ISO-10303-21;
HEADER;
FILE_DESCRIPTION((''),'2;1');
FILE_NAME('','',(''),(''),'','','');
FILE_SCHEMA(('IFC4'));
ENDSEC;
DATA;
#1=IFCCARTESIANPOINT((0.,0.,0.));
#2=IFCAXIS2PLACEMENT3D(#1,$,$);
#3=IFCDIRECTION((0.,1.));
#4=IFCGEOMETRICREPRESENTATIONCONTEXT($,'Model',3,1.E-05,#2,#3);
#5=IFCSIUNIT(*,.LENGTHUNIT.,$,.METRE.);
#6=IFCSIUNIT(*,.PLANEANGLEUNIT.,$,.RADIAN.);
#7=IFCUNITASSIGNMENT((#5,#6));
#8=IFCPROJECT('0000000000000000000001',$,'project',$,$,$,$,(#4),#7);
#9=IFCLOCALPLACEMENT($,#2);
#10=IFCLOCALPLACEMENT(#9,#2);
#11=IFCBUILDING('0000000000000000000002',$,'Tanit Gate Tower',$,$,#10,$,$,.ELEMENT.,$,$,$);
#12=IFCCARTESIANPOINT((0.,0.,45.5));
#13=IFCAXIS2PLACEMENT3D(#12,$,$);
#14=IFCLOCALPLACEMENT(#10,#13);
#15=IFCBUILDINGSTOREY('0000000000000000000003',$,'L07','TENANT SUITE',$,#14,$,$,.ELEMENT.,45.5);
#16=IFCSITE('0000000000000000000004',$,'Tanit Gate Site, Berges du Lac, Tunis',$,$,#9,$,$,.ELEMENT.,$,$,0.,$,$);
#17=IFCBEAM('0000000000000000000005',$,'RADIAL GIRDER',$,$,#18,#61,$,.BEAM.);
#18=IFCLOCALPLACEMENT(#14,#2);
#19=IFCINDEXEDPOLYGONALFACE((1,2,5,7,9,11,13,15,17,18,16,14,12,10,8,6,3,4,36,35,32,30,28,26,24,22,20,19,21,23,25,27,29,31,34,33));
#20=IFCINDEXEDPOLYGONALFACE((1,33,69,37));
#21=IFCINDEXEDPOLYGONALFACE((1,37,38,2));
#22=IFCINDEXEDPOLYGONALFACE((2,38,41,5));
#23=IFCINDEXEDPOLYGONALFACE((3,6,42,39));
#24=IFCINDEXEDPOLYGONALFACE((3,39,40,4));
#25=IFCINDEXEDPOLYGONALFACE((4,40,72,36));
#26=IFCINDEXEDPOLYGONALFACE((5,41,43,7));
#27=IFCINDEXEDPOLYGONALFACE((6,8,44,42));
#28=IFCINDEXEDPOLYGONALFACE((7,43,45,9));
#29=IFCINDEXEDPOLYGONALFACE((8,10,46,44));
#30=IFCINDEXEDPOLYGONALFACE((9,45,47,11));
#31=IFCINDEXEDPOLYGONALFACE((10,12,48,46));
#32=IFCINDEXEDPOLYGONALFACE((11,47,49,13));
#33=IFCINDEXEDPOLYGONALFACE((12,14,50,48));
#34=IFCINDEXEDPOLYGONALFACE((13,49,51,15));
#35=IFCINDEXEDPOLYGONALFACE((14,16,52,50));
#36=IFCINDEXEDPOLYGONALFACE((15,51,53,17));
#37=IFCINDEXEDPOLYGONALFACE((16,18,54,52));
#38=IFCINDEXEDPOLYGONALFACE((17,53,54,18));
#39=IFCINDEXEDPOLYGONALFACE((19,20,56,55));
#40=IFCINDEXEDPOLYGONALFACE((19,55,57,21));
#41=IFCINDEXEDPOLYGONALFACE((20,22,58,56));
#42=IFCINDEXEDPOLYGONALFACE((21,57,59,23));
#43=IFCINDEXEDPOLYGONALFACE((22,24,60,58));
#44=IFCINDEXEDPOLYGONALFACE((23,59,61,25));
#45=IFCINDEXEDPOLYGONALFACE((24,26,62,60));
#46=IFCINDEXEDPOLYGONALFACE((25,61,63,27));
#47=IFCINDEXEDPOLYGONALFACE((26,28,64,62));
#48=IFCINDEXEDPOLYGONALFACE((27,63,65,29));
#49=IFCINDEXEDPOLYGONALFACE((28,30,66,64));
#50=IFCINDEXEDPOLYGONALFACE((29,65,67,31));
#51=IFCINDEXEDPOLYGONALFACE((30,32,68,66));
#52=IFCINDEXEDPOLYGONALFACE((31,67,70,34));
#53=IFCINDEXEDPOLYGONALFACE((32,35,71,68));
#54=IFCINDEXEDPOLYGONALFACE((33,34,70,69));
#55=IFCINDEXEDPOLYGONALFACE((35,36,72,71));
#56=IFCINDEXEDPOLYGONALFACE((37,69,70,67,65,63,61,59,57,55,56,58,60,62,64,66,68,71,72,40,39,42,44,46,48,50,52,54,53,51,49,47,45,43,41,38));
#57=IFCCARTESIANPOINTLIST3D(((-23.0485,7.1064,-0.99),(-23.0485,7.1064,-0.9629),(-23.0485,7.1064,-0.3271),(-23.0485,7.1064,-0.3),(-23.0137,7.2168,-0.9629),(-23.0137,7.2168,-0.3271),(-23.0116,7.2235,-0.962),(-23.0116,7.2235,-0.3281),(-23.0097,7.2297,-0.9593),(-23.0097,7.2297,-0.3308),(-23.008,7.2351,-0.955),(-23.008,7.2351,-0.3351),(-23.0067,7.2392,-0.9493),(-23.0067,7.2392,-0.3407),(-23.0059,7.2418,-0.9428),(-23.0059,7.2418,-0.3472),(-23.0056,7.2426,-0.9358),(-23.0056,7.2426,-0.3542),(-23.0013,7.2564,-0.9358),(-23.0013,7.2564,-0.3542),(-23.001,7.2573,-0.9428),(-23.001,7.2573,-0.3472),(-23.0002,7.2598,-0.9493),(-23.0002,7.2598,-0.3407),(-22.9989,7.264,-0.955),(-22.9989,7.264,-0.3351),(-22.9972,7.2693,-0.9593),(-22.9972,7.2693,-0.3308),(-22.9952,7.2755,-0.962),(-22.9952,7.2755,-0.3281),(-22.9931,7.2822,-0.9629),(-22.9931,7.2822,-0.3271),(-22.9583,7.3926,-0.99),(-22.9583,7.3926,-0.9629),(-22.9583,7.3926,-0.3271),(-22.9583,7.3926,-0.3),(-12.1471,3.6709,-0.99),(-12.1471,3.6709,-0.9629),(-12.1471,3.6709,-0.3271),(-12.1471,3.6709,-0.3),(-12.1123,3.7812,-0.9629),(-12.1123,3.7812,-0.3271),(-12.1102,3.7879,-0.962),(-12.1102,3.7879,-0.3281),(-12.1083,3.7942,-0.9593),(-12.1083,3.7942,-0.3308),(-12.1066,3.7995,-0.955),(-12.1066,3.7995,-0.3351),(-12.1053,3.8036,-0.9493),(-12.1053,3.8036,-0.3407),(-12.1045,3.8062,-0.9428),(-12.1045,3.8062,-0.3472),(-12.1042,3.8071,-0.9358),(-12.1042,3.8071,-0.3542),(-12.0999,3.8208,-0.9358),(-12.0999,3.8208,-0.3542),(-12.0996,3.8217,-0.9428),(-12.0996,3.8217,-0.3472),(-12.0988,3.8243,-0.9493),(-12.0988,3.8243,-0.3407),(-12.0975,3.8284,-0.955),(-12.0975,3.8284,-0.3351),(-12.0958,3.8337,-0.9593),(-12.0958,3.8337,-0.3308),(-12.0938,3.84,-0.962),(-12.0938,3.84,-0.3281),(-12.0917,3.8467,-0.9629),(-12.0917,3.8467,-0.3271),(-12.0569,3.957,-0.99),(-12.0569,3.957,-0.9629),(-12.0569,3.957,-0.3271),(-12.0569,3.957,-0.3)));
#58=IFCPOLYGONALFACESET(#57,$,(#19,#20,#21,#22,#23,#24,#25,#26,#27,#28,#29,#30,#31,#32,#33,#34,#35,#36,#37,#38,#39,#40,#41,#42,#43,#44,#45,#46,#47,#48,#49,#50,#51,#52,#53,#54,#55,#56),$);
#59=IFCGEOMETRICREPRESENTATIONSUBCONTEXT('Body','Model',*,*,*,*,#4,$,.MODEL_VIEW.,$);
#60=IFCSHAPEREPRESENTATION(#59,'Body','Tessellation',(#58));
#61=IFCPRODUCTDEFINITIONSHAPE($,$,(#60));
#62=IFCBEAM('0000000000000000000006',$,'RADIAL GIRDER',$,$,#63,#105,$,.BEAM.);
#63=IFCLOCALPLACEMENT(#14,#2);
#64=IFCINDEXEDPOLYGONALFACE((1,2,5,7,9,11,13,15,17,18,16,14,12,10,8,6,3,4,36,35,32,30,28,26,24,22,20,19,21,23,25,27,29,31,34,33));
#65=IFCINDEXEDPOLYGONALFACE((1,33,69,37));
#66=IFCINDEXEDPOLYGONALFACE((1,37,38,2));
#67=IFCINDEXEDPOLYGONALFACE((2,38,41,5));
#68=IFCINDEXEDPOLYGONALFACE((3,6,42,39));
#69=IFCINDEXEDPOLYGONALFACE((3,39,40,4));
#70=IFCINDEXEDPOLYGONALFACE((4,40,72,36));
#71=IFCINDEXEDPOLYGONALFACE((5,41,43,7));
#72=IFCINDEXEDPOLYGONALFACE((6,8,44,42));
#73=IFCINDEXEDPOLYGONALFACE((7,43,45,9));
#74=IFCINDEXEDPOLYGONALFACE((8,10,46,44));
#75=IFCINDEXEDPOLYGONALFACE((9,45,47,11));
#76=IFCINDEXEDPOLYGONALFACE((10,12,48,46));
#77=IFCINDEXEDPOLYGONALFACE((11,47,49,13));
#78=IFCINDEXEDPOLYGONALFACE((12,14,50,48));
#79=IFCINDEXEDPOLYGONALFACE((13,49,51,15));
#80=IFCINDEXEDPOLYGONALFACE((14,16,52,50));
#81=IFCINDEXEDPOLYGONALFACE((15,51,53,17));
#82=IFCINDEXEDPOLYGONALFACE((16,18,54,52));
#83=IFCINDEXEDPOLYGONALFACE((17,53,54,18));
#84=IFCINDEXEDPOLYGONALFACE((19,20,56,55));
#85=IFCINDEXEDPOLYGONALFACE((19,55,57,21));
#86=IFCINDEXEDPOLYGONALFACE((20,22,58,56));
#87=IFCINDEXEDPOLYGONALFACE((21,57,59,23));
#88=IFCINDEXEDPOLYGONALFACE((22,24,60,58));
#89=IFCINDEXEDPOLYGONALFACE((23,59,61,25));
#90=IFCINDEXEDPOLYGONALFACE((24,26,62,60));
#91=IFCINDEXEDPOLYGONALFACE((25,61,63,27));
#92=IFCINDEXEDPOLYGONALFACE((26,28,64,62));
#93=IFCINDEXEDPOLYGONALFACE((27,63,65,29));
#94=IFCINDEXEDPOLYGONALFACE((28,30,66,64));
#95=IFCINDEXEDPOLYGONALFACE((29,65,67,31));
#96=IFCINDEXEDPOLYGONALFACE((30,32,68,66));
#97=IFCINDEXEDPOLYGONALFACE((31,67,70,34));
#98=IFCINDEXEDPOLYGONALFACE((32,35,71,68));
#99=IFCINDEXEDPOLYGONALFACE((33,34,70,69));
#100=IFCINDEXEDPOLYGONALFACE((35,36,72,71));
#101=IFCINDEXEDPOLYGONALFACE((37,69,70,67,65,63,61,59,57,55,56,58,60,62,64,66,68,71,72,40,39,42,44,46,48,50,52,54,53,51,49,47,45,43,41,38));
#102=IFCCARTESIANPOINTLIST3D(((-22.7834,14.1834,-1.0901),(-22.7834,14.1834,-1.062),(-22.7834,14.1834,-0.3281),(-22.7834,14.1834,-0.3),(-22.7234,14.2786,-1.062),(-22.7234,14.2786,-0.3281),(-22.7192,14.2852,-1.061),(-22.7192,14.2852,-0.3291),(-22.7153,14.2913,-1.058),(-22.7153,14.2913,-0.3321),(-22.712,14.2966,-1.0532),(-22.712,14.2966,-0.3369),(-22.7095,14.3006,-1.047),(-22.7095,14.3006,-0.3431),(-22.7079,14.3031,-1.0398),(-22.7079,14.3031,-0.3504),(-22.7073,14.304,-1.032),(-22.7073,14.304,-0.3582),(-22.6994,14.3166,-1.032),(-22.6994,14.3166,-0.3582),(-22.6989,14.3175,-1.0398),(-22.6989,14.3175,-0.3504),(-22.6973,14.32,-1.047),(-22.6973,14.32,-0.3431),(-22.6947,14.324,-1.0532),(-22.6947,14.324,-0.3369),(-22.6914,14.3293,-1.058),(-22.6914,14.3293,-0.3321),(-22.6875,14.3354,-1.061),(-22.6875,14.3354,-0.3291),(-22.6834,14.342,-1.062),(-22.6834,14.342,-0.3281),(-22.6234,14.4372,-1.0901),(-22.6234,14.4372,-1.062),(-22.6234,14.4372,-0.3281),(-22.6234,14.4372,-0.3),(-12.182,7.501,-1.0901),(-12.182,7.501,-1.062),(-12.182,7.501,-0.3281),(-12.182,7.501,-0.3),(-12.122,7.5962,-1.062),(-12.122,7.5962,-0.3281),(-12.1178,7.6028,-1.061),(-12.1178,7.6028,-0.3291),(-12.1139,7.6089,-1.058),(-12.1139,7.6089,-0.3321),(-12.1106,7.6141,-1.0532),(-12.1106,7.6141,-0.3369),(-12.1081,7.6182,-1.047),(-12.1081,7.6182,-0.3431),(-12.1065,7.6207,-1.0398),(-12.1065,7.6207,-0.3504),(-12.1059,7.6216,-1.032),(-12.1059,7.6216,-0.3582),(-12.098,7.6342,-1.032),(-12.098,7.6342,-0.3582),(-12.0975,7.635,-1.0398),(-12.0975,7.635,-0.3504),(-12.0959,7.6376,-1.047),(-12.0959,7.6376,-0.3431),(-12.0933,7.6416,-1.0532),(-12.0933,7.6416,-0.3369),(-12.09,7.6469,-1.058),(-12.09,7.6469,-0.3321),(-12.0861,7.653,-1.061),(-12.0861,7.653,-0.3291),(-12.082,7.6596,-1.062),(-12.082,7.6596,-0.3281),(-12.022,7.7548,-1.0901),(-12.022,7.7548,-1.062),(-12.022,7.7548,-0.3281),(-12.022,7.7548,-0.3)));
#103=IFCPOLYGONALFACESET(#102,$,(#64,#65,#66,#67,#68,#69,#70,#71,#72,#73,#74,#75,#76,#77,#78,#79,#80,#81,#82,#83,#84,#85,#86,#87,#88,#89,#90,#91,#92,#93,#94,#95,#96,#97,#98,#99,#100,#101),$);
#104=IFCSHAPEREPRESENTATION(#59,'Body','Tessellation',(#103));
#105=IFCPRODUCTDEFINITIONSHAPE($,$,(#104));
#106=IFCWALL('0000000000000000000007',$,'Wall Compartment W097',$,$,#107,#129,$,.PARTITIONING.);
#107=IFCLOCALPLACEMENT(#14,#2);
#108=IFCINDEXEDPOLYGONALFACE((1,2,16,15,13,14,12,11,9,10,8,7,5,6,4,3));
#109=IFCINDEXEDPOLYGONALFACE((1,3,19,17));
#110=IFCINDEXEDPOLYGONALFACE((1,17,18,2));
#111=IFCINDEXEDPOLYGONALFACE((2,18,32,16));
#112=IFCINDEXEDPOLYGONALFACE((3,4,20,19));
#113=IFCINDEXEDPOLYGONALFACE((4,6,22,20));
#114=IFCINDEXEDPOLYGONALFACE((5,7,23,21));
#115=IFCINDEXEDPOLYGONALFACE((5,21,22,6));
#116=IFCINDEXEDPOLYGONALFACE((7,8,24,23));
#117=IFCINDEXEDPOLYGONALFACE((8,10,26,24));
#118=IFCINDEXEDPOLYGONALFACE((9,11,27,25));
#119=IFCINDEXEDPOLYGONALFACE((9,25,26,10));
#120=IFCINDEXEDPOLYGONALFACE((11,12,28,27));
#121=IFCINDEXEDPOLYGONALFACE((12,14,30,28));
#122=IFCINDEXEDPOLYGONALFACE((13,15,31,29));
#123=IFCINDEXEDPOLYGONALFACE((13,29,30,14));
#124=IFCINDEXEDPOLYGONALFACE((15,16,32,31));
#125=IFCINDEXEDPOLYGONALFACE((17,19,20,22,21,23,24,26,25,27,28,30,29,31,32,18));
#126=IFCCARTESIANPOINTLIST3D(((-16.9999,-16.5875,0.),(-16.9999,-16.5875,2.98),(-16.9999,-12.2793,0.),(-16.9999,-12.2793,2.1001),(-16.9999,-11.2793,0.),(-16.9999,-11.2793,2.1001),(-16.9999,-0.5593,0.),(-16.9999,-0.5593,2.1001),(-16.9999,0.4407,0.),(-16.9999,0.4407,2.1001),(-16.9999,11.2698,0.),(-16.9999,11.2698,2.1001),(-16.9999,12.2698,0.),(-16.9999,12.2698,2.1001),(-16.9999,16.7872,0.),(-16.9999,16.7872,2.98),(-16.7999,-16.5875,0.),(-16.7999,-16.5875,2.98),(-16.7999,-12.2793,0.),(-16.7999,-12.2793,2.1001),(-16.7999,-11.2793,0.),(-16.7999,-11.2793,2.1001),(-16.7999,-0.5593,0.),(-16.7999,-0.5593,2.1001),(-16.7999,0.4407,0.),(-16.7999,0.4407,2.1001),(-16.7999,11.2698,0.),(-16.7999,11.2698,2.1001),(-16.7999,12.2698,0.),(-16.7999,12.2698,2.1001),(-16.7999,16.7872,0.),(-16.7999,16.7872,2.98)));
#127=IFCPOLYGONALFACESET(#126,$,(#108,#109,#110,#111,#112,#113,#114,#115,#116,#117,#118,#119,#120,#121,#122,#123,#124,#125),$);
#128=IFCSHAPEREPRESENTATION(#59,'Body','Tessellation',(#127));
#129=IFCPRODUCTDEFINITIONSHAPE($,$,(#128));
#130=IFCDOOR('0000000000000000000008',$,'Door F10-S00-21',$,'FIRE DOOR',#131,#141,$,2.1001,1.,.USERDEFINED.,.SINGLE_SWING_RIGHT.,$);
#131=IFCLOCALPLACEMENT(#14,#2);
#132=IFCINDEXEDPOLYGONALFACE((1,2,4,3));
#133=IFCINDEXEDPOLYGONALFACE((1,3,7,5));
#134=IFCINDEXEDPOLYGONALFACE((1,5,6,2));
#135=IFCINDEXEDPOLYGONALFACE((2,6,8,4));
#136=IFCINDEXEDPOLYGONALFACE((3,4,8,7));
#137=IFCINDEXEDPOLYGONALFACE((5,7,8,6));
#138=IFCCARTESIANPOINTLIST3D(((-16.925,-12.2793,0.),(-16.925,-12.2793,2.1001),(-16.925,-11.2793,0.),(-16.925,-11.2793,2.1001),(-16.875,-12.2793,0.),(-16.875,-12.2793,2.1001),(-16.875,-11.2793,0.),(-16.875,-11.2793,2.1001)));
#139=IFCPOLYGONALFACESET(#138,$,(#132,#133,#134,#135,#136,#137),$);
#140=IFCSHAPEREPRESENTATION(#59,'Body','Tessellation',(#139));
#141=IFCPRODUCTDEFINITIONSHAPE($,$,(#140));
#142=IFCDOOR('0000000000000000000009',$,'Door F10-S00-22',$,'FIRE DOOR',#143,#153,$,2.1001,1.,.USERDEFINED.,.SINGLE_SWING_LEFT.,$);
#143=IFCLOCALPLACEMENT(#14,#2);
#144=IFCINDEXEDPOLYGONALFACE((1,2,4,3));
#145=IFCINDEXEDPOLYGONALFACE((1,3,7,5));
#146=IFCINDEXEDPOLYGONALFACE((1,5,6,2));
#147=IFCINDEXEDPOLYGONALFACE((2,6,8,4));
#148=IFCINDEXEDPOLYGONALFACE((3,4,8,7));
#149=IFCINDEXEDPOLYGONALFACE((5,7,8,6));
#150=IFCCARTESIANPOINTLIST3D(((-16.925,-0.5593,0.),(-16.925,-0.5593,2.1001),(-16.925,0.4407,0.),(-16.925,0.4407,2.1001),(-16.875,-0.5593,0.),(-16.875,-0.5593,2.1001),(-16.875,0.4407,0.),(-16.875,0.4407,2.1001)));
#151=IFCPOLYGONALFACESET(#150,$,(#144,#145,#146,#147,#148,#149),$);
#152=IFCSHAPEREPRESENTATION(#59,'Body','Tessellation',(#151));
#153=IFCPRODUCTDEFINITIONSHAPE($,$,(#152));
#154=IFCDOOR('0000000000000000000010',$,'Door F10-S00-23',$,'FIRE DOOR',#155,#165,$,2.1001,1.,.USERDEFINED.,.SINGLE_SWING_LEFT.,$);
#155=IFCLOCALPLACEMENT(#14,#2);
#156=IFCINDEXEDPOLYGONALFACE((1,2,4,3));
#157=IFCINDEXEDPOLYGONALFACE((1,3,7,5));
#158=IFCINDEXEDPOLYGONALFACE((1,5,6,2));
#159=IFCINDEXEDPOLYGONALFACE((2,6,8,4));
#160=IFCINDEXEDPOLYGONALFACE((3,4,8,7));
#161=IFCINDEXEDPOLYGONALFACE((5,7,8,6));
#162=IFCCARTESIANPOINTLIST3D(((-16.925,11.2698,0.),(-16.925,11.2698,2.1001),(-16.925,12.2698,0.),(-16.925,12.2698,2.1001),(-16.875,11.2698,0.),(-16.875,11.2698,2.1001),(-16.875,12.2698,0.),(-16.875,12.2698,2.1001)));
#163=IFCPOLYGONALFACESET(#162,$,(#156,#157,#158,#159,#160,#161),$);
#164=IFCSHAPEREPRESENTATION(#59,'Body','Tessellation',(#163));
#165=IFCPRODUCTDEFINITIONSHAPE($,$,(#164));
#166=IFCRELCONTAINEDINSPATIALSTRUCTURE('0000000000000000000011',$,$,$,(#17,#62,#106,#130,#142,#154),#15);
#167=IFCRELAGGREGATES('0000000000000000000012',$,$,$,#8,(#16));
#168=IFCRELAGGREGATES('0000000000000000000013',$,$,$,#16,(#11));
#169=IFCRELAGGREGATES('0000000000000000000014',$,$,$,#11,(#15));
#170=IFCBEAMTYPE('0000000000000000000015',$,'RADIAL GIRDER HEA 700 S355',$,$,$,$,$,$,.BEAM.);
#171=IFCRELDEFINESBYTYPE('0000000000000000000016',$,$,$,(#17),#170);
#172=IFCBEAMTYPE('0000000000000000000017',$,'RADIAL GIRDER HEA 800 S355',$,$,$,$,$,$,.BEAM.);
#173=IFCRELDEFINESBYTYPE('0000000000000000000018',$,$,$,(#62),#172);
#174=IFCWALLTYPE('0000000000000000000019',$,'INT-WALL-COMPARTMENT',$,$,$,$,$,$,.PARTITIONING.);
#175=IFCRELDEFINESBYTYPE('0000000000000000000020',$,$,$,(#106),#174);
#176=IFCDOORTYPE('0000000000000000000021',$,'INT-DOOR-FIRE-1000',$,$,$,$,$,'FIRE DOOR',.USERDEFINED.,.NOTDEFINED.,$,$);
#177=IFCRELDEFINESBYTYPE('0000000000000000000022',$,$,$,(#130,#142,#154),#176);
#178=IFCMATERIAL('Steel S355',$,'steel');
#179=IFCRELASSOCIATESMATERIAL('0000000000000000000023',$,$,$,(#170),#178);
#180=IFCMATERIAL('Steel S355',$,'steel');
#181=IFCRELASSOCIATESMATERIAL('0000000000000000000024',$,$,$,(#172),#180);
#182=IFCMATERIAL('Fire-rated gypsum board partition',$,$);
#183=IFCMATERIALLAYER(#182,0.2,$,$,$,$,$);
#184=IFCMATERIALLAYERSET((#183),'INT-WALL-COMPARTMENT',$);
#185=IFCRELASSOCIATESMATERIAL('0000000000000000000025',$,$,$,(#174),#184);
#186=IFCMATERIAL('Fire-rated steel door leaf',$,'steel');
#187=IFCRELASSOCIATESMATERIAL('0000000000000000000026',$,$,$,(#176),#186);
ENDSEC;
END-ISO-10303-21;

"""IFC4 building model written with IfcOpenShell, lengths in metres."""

from ifc_helpers import new_model, si_unit, direction, frame, frame_2d, origin, origin_2d, place, context, subcontext, project, spatial, rectangle, i_section, extrude, material, layer, layer_set, material_profile, profile_set, type_object, element, fill, save


model = new_model("IFC4")

# Units and contexts
model_context = context("Model", 3, precision=1e-05, world=origin(), true_north=direction((0.0, 1.0)))
body_context = subcontext(model_context, "Body", "Model", "MODEL_VIEW")
ifc_project = project(units=[si_unit("LENGTHUNIT", "METRE"), si_unit("PLANEANGLEUNIT", "RADIAN")], contexts=[model_context])

# Site, building, storey
site_placement = place(None, origin())
site = spatial("IfcSite", under=ifc_project, at=site_placement, Name="Tanit Gate Site, Berges du Lac, Tunis", CompositionType="ELEMENT", RefElevation=0.0)
building_placement = place(site_placement, origin())
building = spatial("IfcBuilding", under=site, at=building_placement, Name="Tanit Gate Tower", CompositionType="ELEMENT")
storey_placement = place(building_placement, frame((0.0, 0.0, 45.5)))
storey = spatial("IfcBuildingStorey", under=building, at=storey_placement, Name="L07", Description="TENANT SUITE", CompositionType="ELEMENT", Elevation=45.5)

# Beams
ifc_material_1 = material(Name="Steel S355", Category="steel")
ifc_material_profile_1 = material_profile(ifc_material_1, i_section(OverallWidth=0.3, OverallDepth=0.6899, WebThickness=0.0144, FlangeThickness=0.0271, FilletRadius=0.0271, at=origin_2d()), Name="HEA 700")
ifc_profile_set_1 = profile_set([ifc_material_profile_1], Name="Steel S355")
beam_type_1 = type_object("IfcBeamType", Name="RADIAL GIRDER HEA 700 S355", PredefinedType="BEAM", material=ifc_profile_set_1)
beam_1_placement = place(storey_placement, frame((-23.0034, 7.2495, -0.645), z_axis=(0.953758, -0.300575, 0.0), x_axis=(0.300575, 0.953758, 0.0)))
element("IfcBeam", 1, at=beam_1_placement, inside=storey, type_object=beam_type_1, Name="RADIAL GIRDER", PredefinedType="BEAM", context=body_context, shape_type="SweptSolid", body=[
    extrude(i_section(OverallWidth=0.3, OverallDepth=0.6899, WebThickness=0.0144, FlangeThickness=0.0271, FilletRadius=0.0271, at=origin_2d()), origin(), (0.0, 0.0, 1.0), 11.4299),
])
ifc_material_2 = material(Name="Steel S355", Category="steel")
ifc_material_profile_2 = material_profile(ifc_material_2, i_section(OverallWidth=0.3, OverallDepth=0.79, WebThickness=0.0149, FlangeThickness=0.0281, FilletRadius=0.03, at=origin_2d()), Name="HEA 800")
ifc_profile_set_2 = profile_set([ifc_material_profile_2], Name="Steel S355")
beam_type_2 = type_object("IfcBeamType", Name="RADIAL GIRDER HEA 800 S355", PredefinedType="BEAM", material=ifc_profile_set_2)
beam_2_placement = place(storey_placement, frame((-22.7034, 14.3103, -0.6951), z_axis=(0.845964, -0.53324, 0.0), x_axis=(0.53324, 0.845964, 0.0)))
element("IfcBeam", 2, at=beam_2_placement, inside=storey, type_object=beam_type_2, Name="RADIAL GIRDER", PredefinedType="BEAM", context=body_context, shape_type="SweptSolid", body=[
    extrude(i_section(OverallWidth=0.3, OverallDepth=0.79, WebThickness=0.0149, FlangeThickness=0.0281, FilletRadius=0.03, at=origin_2d()), origin(), (0.0, 0.0, 1.0), 12.5317),
])

# Wall, openings, doors
ifc_material_3 = material(Name="Fire-rated gypsum board partition")
ifc_layer_1 = layer(ifc_material_3, 0.2)
ifc_layer_set_1 = layer_set([ifc_layer_1], Name="INT-WALL-COMPARTMENT")
wall_type_1 = type_object("IfcWallType", Name="INT-WALL-COMPARTMENT", PredefinedType="PARTITIONING", material=ifc_layer_set_1)
wall_1_placement = place(storey_placement, frame((-16.8999, 16.7874, 0.0), z_axis=(0.0, 0.0, 1.0), x_axis=(0.0, -1.0, 0.0)))
wall_1 = element("IfcWall", 3, at=wall_1_placement, inside=storey, type_object=wall_type_1, Name="Wall Compartment W097", PredefinedType="PARTITIONING", context=body_context, shape_type="SweptSolid", body=[
    extrude(rectangle(XDim=33.3748, YDim=0.2, at=frame_2d((16.6875, 0.0))), origin(), (0.0, 0.0, 1.0), 2.98),
])
opening_1_placement = place(wall_1_placement, frame((28.0667, 0.0, 0.0)))
opening_1 = element("IfcOpeningElement", 4, at=opening_1_placement, cuts=wall_1, PredefinedType="OPENING", context=body_context, shape_type="SweptSolid", body=[
    extrude(rectangle(XDim=1.0, YDim=2.1001, at=frame_2d((0.5, 1.05))), frame((0.0, 0.1099, 0.0), z_axis=(0.0, -1.0, 0.0), x_axis=(1.0, 0.0, 0.0)), (0.0, 0.0, 1.0), 0.22),
])
opening_2_placement = place(wall_1_placement, frame((16.3467, 0.0, 0.0)))
opening_2 = element("IfcOpeningElement", 5, at=opening_2_placement, cuts=wall_1, PredefinedType="OPENING", context=body_context, shape_type="SweptSolid", body=[
    extrude(rectangle(XDim=1.0, YDim=2.1001, at=frame_2d((0.5, 1.05))), frame((0.0, 0.1099, 0.0), z_axis=(0.0, -1.0, 0.0), x_axis=(1.0, 0.0, 0.0)), (0.0, 0.0, 1.0), 0.22),
])
opening_3_placement = place(wall_1_placement, frame((4.5176, 0.0, 0.0)))
opening_3 = element("IfcOpeningElement", 6, at=opening_3_placement, cuts=wall_1, PredefinedType="OPENING", context=body_context, shape_type="SweptSolid", body=[
    extrude(rectangle(XDim=1.0, YDim=2.1001, at=frame_2d((0.5, 1.05))), frame((0.0, 0.1099, 0.0), z_axis=(0.0, -1.0, 0.0), x_axis=(1.0, 0.0, 0.0)), (0.0, 0.0, 1.0), 0.22),
])
ifc_material_4 = material(Name="Fire-rated steel door leaf", Category="steel")
door_type_1 = type_object("IfcDoorType", Name="INT-DOOR-FIRE-1000", ElementType="FIRE DOOR", OperationType="NOTDEFINED", PredefinedType="USERDEFINED", material=ifc_material_4)
door_1_placement = place(opening_1_placement, origin())
door_1 = element("IfcDoor", 7, at=door_1_placement, inside=storey, type_object=door_type_1, Name="Door F10-S00-21", ObjectType="FIRE DOOR", OperationType="SINGLE_SWING_RIGHT", OverallHeight=2.1001, OverallWidth=1.0, PredefinedType="USERDEFINED", context=body_context, shape_type="SweptSolid", body=[
    extrude(rectangle(XDim=1.0, YDim=2.1001, at=frame_2d((0.5, 1.05))), frame((0.0, 0.0249, 0.0), z_axis=(0.0, -1.0, 0.0), x_axis=(1.0, 0.0, 0.0)), (0.0, 0.0, 1.0), 0.05),
])
fill(opening_1, door_1)
door_2_placement = place(opening_2_placement, origin())
door_2 = element("IfcDoor", 8, at=door_2_placement, inside=storey, type_object=door_type_1, Name="Door F10-S00-22", ObjectType="FIRE DOOR", OperationType="SINGLE_SWING_LEFT", OverallHeight=2.1001, OverallWidth=1.0, PredefinedType="USERDEFINED", context=body_context, shape_type="SweptSolid", body=[
    extrude(rectangle(XDim=1.0, YDim=2.1001, at=frame_2d((0.5, 1.05))), frame((0.0, 0.0249, 0.0), z_axis=(0.0, -1.0, 0.0), x_axis=(1.0, 0.0, 0.0)), (0.0, 0.0, 1.0), 0.05),
])
fill(opening_2, door_2)
door_3_placement = place(opening_3_placement, origin())
door_3 = element("IfcDoor", 9, at=door_3_placement, inside=storey, type_object=door_type_1, Name="Door F10-S00-23", ObjectType="FIRE DOOR", OperationType="SINGLE_SWING_LEFT", OverallHeight=2.1001, OverallWidth=1.0, PredefinedType="USERDEFINED", context=body_context, shape_type="SweptSolid", body=[
    extrude(rectangle(XDim=1.0, YDim=2.1001, at=frame_2d((0.5, 1.05))), frame((0.0, 0.0249, 0.0), z_axis=(0.0, -1.0, 0.0), x_axis=(1.0, 0.0, 0.0)), (0.0, 0.0, 1.0), 0.05),
])
fill(opening_3, door_3)

save(model, "model.ifc")
